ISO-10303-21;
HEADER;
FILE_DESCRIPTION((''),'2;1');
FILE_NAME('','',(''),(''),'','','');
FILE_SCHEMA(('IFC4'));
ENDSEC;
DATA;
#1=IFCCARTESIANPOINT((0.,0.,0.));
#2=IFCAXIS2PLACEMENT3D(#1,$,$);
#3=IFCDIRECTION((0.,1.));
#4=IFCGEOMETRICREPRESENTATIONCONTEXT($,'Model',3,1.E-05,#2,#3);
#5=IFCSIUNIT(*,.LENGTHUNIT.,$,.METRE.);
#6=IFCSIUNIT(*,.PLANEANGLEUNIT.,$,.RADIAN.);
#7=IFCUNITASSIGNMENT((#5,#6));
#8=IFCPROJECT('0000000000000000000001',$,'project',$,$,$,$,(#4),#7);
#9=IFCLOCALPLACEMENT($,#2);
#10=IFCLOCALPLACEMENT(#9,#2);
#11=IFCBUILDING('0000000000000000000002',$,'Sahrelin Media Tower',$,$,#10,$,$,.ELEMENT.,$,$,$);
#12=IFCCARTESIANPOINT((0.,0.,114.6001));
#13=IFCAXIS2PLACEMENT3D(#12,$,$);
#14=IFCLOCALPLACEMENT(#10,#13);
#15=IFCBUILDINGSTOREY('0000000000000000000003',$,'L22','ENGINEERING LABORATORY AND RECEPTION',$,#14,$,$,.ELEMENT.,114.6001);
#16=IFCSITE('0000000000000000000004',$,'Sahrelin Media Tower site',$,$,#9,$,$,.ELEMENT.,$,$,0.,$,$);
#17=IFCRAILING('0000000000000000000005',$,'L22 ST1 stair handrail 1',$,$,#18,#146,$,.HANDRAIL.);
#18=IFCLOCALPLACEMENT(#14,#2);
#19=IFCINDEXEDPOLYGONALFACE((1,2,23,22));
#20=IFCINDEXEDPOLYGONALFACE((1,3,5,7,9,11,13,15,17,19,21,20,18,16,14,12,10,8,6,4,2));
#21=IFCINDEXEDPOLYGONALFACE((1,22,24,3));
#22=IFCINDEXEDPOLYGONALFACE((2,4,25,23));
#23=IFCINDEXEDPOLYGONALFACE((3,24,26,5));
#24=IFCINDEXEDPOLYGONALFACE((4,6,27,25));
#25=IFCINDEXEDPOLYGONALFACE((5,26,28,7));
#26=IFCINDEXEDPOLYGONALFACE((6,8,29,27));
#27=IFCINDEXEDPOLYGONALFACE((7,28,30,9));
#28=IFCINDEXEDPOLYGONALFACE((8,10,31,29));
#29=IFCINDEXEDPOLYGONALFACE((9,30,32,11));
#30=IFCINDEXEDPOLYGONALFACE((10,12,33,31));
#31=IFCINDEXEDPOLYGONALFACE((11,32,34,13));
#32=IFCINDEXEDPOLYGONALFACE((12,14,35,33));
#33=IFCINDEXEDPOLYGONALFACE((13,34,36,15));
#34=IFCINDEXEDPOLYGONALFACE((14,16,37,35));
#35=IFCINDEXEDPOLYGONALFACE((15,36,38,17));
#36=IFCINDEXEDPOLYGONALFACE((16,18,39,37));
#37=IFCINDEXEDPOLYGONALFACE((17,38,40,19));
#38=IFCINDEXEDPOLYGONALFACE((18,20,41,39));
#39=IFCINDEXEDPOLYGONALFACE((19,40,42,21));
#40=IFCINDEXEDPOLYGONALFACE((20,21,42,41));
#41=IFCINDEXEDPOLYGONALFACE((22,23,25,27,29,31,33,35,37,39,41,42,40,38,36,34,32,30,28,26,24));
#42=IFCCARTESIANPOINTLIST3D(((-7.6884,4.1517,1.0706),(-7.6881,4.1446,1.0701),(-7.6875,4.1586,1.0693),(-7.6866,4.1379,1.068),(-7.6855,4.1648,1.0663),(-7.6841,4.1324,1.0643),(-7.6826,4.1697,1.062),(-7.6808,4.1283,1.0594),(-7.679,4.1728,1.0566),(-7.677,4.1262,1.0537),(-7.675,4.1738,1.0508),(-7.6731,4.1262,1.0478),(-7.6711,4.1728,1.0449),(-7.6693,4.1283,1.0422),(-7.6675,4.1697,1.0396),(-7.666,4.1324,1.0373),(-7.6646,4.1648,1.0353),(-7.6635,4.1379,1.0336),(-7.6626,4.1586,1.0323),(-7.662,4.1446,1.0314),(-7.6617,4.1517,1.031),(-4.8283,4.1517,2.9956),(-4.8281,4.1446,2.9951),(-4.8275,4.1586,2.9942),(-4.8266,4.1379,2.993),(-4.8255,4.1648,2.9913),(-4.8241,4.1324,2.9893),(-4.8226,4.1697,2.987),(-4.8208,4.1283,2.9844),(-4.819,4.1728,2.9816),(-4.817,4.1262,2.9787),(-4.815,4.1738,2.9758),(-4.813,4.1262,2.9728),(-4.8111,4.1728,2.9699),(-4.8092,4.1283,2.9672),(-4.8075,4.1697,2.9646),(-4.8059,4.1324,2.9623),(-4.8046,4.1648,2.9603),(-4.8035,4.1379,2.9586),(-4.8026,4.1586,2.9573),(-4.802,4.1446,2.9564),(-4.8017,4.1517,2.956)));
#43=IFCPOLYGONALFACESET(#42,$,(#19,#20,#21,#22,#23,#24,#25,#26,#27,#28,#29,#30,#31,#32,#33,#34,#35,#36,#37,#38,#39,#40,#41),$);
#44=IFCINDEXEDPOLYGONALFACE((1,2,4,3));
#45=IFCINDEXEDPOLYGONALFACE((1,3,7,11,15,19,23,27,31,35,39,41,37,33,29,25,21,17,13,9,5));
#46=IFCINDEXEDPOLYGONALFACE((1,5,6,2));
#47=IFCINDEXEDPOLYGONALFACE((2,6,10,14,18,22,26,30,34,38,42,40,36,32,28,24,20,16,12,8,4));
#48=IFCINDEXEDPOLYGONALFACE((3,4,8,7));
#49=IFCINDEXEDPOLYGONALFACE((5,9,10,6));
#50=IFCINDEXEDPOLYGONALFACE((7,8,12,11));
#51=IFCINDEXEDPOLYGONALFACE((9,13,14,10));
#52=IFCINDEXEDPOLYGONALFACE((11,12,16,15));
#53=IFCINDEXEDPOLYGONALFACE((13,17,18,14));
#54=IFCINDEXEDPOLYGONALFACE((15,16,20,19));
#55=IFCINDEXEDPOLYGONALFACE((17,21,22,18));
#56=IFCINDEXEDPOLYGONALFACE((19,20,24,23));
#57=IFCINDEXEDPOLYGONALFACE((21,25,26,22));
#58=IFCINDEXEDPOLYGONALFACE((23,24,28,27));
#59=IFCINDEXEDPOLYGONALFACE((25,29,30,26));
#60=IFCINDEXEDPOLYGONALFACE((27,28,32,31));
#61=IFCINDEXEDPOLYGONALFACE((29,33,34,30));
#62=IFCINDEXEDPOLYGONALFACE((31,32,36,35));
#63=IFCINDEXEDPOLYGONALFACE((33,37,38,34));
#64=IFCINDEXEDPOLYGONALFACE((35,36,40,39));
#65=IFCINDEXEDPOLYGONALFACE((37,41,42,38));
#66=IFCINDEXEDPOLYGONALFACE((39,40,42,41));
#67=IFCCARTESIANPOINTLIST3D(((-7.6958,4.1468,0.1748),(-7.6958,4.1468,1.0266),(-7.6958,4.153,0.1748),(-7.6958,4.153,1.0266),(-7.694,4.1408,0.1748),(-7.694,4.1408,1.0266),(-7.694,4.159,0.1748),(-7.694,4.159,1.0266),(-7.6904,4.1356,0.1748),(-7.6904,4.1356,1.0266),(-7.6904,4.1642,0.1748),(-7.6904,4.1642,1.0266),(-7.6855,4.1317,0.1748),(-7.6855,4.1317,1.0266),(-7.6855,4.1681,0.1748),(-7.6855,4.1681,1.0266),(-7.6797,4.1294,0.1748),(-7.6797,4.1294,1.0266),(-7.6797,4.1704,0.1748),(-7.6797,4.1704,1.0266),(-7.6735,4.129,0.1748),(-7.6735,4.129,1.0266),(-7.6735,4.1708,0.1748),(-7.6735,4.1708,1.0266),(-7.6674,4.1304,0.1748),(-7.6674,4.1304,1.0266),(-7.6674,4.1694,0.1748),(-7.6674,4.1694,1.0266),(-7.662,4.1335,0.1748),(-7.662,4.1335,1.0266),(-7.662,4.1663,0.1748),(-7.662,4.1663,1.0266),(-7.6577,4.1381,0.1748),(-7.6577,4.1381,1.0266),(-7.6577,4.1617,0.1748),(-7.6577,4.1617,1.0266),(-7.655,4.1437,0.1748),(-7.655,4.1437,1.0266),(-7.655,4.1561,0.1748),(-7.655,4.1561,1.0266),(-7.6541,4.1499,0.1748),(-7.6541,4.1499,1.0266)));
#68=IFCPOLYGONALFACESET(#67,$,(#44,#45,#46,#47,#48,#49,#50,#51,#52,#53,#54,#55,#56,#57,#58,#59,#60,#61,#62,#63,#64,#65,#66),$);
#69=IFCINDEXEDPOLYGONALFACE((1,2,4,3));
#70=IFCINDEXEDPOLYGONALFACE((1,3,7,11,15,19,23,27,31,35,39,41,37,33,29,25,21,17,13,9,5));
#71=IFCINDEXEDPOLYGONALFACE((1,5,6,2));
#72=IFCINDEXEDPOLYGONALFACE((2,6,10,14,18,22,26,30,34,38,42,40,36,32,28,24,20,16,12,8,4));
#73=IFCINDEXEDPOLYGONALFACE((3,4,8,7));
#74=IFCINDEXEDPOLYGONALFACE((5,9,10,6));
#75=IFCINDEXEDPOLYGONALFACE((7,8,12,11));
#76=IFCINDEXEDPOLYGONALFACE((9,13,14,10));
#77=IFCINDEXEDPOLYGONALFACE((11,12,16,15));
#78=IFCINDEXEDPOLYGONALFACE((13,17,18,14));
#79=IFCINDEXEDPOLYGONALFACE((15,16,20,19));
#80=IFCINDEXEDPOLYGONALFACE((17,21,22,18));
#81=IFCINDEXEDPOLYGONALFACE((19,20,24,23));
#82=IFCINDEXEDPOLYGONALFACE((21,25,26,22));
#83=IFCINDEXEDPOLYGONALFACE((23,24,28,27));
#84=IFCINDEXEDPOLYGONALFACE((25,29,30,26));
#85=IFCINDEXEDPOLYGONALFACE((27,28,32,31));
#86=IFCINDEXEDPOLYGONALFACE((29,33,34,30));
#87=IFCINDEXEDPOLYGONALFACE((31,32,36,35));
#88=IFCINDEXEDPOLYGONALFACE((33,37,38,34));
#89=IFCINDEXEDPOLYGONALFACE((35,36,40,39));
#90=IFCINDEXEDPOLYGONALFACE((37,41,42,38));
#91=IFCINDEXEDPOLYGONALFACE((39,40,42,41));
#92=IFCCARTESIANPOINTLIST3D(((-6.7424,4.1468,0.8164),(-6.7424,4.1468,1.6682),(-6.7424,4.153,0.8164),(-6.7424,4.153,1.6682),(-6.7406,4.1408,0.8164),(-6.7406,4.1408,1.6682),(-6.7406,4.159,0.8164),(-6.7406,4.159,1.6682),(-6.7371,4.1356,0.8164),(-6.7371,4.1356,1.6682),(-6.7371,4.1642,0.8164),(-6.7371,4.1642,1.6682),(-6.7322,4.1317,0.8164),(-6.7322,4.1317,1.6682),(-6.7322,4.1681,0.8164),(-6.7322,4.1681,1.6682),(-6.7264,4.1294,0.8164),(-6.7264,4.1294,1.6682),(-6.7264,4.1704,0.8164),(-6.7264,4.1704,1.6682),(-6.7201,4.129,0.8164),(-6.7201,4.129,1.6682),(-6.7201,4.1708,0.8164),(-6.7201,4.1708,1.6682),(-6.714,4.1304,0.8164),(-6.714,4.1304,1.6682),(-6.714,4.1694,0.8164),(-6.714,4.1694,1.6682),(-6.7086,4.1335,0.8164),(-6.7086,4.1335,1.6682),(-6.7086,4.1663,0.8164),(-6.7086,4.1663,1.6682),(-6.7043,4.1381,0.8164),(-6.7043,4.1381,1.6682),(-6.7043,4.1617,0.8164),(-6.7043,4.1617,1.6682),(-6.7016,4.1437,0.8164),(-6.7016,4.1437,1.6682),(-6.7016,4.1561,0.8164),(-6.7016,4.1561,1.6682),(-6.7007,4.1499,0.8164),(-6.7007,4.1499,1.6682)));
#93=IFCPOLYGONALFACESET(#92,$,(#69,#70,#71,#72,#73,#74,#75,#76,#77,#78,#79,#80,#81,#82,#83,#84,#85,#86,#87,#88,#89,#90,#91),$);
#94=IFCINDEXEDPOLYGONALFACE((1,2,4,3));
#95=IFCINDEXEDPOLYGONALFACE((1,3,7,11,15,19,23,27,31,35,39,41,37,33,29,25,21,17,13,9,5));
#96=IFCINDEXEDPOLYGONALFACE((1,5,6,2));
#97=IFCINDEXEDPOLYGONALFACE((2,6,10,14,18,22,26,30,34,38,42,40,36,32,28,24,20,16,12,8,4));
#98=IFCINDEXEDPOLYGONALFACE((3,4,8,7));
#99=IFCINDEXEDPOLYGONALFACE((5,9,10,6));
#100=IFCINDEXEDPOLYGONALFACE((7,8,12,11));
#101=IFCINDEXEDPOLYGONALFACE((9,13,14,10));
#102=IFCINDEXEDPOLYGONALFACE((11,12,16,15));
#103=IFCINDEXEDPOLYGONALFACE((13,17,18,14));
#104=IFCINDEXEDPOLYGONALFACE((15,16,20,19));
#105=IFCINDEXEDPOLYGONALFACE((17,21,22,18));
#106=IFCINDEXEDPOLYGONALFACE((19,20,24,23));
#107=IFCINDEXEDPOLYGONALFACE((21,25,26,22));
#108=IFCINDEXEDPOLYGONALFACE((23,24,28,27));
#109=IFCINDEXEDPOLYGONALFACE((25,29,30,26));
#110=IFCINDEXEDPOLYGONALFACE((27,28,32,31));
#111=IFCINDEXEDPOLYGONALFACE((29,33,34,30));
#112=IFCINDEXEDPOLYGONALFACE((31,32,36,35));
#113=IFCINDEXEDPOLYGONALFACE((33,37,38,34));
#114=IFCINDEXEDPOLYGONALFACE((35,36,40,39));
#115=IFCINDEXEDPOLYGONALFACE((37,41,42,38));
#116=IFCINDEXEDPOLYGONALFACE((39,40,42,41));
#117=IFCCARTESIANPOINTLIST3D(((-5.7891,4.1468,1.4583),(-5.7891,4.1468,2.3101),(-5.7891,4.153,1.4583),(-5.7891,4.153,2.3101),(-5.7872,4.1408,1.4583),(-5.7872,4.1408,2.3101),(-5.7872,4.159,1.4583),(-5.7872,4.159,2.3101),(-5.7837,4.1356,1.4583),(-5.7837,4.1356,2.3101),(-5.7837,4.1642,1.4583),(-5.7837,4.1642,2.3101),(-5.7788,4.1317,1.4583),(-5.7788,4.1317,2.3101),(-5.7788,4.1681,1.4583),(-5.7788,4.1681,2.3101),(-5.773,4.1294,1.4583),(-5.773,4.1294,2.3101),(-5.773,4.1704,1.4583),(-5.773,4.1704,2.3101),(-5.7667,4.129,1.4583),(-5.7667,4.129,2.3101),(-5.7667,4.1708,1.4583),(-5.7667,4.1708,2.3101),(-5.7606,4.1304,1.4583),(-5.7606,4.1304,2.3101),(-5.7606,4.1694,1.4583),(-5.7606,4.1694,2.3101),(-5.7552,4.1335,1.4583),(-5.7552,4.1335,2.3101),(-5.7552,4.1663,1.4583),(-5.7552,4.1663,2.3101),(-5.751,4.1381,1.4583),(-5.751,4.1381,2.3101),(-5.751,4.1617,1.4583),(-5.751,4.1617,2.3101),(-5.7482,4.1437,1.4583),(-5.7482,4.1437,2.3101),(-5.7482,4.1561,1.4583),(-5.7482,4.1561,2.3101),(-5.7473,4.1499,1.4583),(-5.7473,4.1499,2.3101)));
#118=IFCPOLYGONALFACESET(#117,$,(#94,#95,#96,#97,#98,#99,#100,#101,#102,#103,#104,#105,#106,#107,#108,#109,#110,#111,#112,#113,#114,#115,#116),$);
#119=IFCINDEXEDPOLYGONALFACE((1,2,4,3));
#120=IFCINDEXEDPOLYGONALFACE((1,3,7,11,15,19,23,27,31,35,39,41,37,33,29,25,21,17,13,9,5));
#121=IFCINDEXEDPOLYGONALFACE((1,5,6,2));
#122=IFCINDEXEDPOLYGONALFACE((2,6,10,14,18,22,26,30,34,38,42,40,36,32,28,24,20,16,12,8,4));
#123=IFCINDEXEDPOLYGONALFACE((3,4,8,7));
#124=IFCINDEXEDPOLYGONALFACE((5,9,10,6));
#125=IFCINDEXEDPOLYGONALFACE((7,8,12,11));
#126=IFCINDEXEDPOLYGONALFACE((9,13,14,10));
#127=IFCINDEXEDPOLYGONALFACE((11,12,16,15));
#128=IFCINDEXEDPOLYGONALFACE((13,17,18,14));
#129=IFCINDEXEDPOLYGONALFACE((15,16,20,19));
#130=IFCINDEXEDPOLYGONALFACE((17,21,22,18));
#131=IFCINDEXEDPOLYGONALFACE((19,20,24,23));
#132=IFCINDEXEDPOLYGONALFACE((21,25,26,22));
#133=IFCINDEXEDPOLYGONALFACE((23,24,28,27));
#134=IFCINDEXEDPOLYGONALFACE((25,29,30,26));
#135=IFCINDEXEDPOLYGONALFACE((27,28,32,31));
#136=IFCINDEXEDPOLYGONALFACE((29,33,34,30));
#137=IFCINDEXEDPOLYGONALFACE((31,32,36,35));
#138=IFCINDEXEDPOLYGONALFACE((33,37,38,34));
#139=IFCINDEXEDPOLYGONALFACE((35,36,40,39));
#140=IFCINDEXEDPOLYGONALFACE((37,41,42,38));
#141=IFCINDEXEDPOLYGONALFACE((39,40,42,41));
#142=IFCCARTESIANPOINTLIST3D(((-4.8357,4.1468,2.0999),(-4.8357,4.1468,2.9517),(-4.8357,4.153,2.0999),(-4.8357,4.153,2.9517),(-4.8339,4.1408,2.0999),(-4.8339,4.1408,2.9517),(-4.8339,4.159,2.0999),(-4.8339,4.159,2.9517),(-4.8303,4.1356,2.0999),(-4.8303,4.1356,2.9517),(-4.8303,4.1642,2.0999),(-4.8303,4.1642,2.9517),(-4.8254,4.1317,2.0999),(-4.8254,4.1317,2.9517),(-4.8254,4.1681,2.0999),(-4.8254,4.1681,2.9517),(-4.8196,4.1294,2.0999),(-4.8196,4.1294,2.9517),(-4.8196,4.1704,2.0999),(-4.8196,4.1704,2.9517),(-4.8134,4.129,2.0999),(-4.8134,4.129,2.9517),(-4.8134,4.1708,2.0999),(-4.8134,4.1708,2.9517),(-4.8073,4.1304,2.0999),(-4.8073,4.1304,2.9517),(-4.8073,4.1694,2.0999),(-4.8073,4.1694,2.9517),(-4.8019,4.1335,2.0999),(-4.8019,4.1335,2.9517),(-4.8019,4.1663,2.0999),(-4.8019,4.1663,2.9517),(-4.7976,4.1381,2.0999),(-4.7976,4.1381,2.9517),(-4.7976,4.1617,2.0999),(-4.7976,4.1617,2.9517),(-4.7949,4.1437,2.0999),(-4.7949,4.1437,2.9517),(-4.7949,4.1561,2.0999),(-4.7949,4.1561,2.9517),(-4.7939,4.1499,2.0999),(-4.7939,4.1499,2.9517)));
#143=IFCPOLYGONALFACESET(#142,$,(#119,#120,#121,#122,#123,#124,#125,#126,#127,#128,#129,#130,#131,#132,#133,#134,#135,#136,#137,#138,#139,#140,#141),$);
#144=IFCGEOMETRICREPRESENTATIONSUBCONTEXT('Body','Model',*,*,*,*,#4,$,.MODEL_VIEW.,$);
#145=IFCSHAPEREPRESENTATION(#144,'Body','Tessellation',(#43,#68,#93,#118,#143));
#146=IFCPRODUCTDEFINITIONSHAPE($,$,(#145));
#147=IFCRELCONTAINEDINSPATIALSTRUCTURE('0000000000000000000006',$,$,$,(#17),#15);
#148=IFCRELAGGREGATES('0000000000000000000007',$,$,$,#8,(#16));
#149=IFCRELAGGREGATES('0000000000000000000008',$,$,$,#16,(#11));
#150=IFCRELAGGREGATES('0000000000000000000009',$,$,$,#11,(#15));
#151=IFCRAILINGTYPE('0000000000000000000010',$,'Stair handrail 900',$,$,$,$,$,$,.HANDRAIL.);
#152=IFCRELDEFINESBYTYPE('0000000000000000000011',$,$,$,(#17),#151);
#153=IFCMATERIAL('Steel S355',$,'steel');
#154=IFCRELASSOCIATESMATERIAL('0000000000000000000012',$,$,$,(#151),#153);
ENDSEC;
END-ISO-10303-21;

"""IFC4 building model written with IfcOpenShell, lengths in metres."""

from ifc_helpers import new_model, si_unit, direction, frame, origin, origin_2d, place, context, subcontext, project, spatial, circle, extrude, material, type_object, element, save


model = new_model("IFC4")

# Units and contexts
model_context = context("Model", 3, precision=1e-05, world=origin(), true_north=direction((0.0, 1.0)))
body_context = subcontext(model_context, "Body", "Model", "MODEL_VIEW")
ifc_project = project(units=[si_unit("LENGTHUNIT", "METRE"), si_unit("PLANEANGLEUNIT", "RADIAN")], contexts=[model_context])

# Site, building, storey
site_placement = place(None, origin())
site = spatial("IfcSite", under=ifc_project, at=site_placement, Name="Sahrelin Media Tower site", CompositionType="ELEMENT", RefElevation=0.0)
building_placement = place(site_placement, origin())
building = spatial("IfcBuilding", under=site, at=building_placement, Name="Sahrelin Media Tower", CompositionType="ELEMENT")
storey_placement = place(building_placement, frame((0.0, 0.0, 114.6001)))
storey = spatial("IfcBuildingStorey", under=building, at=storey_placement, Name="L22", Description="ENGINEERING LABORATORY AND RECEPTION", CompositionType="ELEMENT", Elevation=114.6001)

# Shared definitions
ifc_material_1 = material(Name="Steel S355", Category="steel")

# Railing
railing_type_1 = type_object("IfcRailingType", Name="Stair handrail 900", PredefinedType="HANDRAIL", material=ifc_material_1)
railing_1_placement = place(storey_placement, frame((-7.675, 4.1499, 0.1748)))
element("IfcRailing", 1, at=railing_1_placement, inside=storey, type_object=railing_type_1, Name="L22 ST1 stair handrail 1", PredefinedType="HANDRAIL", context=body_context, shape_type="SweptSolid", body=[
    extrude(circle(Radius=0.0239, at=origin_2d()), frame((0.0, 0.0, 0.876), z_axis=(0.829591, 0.0, 0.558372), x_axis=(0.0, 1.0, 0.0)), (0.0, 0.0, 1.0), 3.4475),
    extrude(circle(Radius=0.021, at=origin_2d()), origin(), (0.0, 0.0, 1.0), 0.8518),
    extrude(circle(Radius=0.021, at=origin_2d()), frame((0.9534, 0.0, 0.6416)), (0.0, 0.0, 1.0), 0.8518),
    extrude(circle(Radius=0.021, at=origin_2d()), frame((1.9067, 0.0, 1.2834)), (0.0, 0.0, 1.0), 0.8518),
    extrude(circle(Radius=0.021, at=origin_2d()), frame((2.8601, 0.0, 1.925)), (0.0, 0.0, 1.0), 0.8518),
])

save(model, "model.ifc")
